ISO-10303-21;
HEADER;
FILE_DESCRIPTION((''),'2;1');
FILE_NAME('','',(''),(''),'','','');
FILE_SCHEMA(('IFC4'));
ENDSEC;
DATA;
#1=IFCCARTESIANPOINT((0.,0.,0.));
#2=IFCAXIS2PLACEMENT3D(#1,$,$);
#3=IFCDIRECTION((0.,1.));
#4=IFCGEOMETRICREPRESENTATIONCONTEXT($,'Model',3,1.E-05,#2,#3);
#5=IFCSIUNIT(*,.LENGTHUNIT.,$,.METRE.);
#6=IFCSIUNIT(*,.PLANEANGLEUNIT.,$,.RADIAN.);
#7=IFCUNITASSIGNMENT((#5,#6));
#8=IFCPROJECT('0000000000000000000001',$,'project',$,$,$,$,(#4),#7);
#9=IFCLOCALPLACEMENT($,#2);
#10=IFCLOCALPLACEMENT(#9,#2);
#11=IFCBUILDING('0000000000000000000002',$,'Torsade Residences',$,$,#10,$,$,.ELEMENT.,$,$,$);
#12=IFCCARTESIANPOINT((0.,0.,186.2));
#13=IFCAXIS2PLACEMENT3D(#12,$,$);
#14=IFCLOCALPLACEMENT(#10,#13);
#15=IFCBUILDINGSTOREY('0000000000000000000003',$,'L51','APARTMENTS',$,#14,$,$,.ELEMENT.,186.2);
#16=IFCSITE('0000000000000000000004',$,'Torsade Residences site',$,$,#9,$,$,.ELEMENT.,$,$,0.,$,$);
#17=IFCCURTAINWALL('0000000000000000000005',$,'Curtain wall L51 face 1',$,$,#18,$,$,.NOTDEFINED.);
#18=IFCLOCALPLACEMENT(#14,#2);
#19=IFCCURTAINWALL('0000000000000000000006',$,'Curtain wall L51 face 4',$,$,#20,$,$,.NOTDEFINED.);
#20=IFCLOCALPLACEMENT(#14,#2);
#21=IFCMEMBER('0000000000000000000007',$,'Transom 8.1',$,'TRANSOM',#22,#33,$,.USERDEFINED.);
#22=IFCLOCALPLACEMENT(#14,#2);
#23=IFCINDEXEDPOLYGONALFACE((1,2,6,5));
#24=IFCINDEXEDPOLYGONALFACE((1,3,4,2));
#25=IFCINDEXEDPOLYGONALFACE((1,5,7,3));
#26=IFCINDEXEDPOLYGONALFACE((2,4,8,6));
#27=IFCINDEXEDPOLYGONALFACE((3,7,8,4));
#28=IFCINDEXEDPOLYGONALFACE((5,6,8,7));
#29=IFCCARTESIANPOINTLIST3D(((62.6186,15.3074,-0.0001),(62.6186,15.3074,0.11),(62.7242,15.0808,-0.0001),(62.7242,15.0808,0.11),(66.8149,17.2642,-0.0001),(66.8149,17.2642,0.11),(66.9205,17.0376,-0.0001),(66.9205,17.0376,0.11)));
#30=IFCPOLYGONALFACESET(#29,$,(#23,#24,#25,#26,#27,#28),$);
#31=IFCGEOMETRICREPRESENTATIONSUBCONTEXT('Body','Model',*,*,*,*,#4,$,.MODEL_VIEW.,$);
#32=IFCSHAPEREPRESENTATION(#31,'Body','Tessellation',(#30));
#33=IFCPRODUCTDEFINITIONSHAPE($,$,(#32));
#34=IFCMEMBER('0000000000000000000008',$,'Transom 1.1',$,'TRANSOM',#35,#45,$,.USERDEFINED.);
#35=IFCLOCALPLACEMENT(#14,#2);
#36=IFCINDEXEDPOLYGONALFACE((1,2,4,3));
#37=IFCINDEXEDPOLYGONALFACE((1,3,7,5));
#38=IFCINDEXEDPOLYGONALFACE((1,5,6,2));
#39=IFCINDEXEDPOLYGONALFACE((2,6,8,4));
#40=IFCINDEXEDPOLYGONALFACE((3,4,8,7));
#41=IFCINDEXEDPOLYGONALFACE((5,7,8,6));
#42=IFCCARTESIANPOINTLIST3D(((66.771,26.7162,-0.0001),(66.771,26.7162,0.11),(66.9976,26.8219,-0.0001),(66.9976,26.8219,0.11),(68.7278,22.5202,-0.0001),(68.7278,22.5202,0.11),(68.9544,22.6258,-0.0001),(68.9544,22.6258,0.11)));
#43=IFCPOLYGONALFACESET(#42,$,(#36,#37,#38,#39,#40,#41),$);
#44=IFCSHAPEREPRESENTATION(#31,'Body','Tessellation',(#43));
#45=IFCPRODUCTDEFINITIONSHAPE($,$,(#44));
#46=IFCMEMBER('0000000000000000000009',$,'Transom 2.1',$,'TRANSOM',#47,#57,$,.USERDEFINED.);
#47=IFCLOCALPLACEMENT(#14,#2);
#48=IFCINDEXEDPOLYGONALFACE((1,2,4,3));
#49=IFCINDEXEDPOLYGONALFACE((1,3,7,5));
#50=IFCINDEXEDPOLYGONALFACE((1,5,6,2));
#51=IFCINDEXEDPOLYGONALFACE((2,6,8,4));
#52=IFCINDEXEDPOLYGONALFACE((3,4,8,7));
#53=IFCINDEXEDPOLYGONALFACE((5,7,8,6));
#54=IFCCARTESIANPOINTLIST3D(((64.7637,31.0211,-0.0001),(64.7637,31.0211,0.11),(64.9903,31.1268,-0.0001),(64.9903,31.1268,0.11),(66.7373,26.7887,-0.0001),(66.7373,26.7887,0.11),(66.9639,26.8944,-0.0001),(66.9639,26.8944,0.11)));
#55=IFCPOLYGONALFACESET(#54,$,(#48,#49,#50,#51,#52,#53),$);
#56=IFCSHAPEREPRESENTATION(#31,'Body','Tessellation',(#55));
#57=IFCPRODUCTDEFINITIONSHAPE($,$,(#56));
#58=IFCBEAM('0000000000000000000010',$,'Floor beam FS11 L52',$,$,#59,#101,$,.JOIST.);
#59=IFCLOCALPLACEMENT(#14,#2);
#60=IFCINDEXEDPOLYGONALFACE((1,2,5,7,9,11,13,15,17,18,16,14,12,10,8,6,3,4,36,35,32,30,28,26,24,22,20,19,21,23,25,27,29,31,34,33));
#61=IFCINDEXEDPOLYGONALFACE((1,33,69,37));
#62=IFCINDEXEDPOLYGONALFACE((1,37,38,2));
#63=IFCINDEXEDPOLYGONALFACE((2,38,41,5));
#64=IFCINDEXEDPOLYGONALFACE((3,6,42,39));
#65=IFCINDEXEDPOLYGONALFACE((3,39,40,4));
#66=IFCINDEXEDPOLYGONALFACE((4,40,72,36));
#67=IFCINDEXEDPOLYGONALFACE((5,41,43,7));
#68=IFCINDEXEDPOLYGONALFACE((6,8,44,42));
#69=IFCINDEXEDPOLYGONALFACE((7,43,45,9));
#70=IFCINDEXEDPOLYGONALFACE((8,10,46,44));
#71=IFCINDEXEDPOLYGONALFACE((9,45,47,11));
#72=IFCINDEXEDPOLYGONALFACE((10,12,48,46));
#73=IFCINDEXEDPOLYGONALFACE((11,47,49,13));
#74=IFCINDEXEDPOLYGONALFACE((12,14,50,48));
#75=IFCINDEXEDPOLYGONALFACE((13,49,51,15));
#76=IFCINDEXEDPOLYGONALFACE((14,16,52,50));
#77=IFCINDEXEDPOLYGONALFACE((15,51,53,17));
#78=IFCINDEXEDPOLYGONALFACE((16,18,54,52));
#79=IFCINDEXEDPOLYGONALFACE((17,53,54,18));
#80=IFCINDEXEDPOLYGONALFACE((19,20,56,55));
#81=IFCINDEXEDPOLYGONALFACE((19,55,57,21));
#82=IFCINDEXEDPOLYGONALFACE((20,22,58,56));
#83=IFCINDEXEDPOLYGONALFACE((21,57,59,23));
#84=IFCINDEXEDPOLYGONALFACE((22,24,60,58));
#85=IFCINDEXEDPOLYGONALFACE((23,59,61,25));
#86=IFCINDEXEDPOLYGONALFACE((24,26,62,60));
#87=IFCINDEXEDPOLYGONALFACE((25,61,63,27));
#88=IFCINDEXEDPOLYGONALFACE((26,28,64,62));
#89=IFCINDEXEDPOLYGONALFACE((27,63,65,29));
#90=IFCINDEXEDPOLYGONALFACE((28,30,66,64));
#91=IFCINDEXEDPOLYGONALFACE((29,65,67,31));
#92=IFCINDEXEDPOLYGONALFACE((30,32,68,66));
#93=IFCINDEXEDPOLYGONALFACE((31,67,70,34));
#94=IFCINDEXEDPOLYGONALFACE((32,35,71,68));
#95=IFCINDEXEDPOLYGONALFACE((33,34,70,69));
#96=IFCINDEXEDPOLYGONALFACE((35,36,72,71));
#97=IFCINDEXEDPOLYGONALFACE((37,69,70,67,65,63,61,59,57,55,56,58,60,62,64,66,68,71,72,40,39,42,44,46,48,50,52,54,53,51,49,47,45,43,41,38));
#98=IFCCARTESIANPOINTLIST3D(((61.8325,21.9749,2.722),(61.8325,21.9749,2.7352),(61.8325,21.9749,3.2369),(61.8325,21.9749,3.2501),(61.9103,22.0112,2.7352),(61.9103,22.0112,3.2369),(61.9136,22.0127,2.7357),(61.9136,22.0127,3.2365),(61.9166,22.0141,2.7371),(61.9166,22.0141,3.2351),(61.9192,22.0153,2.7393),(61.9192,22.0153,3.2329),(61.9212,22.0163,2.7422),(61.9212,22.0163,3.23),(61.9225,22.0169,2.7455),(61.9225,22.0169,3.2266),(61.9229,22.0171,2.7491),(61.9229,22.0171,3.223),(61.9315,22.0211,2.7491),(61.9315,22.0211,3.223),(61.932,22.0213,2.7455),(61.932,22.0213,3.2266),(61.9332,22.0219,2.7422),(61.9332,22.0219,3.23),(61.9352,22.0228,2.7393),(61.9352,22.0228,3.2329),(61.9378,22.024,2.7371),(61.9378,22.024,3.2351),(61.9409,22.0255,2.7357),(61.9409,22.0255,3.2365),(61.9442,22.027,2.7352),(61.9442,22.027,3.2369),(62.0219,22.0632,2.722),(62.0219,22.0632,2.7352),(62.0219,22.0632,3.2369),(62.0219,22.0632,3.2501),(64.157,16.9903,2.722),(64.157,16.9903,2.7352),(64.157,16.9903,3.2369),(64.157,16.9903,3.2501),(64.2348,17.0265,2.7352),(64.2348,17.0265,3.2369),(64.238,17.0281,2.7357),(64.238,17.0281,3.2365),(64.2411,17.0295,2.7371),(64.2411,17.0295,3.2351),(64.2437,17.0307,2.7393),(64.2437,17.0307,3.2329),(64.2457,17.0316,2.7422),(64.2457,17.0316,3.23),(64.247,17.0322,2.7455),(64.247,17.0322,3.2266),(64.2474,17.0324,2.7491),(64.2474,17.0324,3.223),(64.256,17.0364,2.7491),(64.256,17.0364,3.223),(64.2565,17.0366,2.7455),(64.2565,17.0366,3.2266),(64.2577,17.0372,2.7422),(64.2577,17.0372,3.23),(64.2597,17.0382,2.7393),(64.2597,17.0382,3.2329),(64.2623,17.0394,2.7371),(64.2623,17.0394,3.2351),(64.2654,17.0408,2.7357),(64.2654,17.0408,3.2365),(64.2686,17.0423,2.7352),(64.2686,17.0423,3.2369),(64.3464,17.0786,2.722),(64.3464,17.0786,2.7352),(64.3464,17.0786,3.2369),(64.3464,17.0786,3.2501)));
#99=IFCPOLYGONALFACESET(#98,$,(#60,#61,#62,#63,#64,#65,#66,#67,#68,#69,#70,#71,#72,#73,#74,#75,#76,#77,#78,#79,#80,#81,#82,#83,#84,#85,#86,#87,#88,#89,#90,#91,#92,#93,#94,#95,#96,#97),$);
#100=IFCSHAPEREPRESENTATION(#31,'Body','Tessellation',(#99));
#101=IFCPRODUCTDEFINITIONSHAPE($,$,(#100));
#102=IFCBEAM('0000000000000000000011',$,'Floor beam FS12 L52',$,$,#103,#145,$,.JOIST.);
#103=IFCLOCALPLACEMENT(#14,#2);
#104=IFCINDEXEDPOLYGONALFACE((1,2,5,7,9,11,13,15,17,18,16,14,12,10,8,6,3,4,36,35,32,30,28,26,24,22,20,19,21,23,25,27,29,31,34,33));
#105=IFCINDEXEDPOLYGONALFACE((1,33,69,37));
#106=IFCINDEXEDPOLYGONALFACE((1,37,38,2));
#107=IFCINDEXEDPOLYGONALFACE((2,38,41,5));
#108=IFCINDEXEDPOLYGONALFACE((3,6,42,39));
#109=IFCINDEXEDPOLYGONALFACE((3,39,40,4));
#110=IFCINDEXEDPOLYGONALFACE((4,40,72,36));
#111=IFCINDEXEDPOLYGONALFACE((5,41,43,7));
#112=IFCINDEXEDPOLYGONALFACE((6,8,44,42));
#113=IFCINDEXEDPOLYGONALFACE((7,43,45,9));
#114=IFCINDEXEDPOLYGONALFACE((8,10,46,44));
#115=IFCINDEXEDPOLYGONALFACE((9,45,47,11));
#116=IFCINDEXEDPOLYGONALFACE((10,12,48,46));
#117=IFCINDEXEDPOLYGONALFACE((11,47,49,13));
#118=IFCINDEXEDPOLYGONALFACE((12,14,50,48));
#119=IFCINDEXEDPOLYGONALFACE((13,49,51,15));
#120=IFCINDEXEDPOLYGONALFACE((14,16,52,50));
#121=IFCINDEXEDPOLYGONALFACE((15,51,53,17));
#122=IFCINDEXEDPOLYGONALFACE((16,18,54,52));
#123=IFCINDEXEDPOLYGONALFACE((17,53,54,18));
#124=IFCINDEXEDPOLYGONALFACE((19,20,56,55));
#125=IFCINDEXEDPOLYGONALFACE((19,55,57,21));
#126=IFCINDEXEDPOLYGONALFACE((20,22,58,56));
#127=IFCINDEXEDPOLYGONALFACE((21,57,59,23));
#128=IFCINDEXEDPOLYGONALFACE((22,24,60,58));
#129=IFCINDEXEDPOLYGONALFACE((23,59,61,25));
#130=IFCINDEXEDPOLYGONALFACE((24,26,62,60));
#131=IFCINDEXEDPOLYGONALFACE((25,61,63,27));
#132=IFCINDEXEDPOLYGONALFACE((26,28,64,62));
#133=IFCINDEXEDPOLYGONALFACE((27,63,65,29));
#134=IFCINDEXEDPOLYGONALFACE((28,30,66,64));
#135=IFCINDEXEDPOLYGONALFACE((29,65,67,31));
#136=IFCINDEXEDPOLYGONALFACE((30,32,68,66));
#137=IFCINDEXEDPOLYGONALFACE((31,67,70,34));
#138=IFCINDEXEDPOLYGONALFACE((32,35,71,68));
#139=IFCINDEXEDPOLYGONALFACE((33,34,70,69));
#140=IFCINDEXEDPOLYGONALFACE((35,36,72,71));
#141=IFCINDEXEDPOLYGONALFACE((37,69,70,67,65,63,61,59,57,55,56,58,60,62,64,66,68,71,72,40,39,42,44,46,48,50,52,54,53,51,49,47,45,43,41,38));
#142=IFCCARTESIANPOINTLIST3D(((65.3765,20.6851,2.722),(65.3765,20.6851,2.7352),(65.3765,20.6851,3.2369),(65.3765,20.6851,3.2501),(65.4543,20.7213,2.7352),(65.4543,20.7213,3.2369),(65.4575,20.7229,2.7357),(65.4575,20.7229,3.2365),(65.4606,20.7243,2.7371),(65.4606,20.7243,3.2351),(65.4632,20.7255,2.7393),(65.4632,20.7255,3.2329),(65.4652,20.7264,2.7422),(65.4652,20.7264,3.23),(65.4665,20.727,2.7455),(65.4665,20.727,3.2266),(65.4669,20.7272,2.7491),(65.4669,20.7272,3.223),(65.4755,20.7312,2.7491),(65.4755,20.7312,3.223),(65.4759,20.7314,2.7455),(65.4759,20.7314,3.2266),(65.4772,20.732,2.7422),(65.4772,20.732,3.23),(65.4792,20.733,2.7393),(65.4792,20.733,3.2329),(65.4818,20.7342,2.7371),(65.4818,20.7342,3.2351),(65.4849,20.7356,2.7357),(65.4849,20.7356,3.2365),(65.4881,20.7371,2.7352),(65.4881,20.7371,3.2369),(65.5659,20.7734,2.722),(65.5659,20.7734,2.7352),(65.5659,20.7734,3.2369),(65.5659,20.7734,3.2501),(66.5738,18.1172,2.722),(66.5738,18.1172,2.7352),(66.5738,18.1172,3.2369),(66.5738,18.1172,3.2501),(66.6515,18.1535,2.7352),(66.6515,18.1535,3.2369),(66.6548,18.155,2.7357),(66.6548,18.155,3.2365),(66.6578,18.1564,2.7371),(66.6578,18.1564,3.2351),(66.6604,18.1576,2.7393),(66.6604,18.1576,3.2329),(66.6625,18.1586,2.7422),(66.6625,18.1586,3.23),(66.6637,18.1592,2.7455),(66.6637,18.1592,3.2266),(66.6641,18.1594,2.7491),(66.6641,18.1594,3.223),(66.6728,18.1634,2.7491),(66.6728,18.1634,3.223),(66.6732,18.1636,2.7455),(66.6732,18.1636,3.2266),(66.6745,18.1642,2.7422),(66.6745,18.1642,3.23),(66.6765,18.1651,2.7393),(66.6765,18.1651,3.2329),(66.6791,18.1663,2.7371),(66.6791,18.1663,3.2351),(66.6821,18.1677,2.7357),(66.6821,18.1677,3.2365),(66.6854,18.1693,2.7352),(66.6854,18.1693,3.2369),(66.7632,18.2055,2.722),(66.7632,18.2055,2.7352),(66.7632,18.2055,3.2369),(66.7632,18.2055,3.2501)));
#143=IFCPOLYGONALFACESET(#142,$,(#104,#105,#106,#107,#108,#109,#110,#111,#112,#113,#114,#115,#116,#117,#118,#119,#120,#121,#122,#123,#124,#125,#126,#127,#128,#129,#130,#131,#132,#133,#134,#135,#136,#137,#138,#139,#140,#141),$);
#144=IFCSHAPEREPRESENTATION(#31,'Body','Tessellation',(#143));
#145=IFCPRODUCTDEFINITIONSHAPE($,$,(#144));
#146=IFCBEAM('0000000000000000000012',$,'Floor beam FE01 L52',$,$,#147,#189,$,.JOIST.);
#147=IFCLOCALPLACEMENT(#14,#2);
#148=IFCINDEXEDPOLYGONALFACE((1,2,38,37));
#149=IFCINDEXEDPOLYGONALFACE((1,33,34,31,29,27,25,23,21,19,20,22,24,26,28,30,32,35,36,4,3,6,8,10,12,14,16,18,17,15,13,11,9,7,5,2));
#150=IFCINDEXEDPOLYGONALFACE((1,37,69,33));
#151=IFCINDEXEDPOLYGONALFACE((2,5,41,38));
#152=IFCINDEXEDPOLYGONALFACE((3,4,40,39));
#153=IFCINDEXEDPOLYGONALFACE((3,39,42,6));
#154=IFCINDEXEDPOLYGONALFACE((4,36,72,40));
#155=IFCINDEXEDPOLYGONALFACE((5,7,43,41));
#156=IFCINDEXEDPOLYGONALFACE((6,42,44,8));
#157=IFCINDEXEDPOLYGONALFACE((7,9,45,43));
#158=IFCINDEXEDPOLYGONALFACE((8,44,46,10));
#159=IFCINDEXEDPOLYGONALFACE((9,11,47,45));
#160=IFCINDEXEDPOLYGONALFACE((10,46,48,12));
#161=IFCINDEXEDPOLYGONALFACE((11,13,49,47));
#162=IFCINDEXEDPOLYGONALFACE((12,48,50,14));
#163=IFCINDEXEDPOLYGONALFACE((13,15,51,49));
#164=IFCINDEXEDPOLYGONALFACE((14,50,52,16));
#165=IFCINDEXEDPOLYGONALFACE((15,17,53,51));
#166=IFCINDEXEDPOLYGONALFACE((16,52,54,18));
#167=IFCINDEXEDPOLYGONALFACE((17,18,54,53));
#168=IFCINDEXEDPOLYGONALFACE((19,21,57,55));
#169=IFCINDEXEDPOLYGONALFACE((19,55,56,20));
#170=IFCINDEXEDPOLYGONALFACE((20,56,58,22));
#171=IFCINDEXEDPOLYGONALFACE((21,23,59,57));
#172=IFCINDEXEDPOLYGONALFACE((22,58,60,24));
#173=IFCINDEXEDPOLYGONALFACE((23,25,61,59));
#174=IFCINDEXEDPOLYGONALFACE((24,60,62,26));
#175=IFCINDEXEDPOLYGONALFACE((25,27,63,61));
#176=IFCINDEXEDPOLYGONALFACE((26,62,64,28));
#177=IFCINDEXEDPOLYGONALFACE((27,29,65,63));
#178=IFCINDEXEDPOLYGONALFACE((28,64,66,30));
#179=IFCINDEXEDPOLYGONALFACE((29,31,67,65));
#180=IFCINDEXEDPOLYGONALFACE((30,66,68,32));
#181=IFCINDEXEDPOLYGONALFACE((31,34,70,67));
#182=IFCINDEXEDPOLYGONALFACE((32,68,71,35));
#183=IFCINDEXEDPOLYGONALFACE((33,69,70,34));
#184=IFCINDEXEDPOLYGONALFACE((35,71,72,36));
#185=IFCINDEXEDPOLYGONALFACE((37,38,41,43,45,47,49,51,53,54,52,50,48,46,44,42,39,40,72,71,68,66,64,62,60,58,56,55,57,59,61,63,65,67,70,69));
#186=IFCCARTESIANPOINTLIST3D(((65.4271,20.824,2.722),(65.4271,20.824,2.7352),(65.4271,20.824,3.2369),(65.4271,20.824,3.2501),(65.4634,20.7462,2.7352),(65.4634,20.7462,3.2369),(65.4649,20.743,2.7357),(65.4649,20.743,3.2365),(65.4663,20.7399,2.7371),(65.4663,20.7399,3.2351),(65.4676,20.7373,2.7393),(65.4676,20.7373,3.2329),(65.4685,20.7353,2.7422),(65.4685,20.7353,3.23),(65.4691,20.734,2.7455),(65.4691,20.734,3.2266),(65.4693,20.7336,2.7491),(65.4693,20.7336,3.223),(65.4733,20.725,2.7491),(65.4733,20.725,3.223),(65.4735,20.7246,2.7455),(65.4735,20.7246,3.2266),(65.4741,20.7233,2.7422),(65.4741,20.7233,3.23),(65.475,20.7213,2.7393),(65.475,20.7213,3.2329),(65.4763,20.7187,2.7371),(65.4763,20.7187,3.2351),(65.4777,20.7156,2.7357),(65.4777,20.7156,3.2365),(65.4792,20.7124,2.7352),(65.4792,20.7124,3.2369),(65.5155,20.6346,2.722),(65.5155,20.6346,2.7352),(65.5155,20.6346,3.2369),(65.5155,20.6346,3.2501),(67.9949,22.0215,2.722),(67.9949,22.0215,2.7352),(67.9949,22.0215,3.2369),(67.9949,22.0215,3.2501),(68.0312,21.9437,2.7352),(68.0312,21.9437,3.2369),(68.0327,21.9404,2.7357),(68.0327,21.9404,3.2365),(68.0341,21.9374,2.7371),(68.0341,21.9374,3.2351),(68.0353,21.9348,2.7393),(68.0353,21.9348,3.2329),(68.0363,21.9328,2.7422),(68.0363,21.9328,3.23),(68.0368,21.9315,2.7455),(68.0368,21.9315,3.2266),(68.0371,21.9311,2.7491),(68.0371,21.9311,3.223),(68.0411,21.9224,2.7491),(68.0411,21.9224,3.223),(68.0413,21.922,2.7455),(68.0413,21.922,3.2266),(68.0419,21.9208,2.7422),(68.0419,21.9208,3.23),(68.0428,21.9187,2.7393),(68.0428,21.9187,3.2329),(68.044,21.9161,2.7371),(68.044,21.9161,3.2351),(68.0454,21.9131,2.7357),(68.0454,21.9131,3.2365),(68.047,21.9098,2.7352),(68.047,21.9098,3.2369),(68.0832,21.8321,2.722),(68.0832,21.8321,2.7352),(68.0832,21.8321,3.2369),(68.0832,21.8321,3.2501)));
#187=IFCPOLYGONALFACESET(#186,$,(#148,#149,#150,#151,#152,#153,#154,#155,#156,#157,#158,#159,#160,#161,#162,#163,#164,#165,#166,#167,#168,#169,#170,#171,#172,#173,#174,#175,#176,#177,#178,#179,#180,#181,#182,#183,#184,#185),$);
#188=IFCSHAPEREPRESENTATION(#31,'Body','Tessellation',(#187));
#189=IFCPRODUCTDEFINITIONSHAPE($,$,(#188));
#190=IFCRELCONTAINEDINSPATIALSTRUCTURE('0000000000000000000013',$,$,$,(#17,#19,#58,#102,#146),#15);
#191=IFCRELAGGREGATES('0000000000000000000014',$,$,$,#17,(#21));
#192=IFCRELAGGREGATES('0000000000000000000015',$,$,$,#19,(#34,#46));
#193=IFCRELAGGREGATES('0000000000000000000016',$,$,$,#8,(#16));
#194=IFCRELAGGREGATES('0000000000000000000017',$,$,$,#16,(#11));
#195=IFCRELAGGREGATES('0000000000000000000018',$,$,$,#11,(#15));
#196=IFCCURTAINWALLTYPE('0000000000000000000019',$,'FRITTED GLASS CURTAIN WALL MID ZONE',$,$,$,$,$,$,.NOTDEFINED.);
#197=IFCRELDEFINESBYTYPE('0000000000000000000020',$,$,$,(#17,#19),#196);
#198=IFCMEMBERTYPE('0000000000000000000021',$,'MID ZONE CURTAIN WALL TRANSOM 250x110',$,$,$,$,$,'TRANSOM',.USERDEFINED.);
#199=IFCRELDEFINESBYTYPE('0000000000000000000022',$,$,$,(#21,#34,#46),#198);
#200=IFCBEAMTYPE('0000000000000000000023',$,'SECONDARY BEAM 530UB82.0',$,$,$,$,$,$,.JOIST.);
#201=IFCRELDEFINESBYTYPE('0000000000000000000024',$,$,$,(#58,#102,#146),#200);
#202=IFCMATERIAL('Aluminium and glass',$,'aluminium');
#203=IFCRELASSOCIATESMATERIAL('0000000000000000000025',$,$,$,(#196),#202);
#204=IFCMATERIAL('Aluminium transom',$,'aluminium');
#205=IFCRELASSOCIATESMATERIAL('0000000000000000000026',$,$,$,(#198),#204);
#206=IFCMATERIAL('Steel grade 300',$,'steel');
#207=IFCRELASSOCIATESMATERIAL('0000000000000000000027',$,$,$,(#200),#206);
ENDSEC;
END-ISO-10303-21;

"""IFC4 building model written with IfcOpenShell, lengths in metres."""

from ifc_helpers import new_model, si_unit, direction, frame, origin, origin_2d, place, context, subcontext, project, spatial, rectangle, i_section, extrude, material, material_profile, profile_set, type_object, element, aggregate, save


model = new_model("IFC4")

# Units and contexts
model_context = context("Model", 3, precision=1e-05, world=origin(), true_north=direction((0.0, 1.0)))
body_context = subcontext(model_context, "Body", "Model", "MODEL_VIEW")
ifc_project = project(units=[si_unit("LENGTHUNIT", "METRE"), si_unit("PLANEANGLEUNIT", "RADIAN")], contexts=[model_context])

# Site, building, storey
site_placement = place(None, origin())
site = spatial("IfcSite", under=ifc_project, at=site_placement, Name="Torsade Residences site", CompositionType="ELEMENT", RefElevation=0.0)
building_placement = place(site_placement, origin())
building = spatial("IfcBuilding", under=site, at=building_placement, Name="Torsade Residences", CompositionType="ELEMENT")
storey_placement = place(building_placement, frame((0.0, 0.0, 186.2)))
storey = spatial("IfcBuildingStorey", under=building, at=storey_placement, Name="L51", Description="APARTMENTS", CompositionType="ELEMENT", Elevation=186.2)

# Curtain walls
ifc_material_1 = material(Name="Aluminium and glass", Category="aluminium")
curtain_wall_type = type_object("IfcCurtainWallType", Name="FRITTED GLASS CURTAIN WALL MID ZONE", PredefinedType="NOTDEFINED", material=ifc_material_1)
curtain_wall_1_placement = place(storey_placement, origin())
curtain_wall_1 = element("IfcCurtainWall", 1, at=curtain_wall_1_placement, inside=storey, type_object=curtain_wall_type, Name="Curtain wall L51 face 1", PredefinedType="NOTDEFINED")
curtain_wall_2_placement = place(storey_placement, origin())
curtain_wall_2 = element("IfcCurtainWall", 2, at=curtain_wall_2_placement, inside=storey, type_object=curtain_wall_type, Name="Curtain wall L51 face 4", PredefinedType="NOTDEFINED")

# Members
ifc_material_2 = material(Name="Aluminium transom", Category="aluminium")
ifc_material_profile_1 = material_profile(ifc_material_2, rectangle(XDim=0.25, YDim=0.1101, at=origin_2d()), Name="MID ZONE CURTAIN WALL TRANSOM 250x110")
ifc_profile_set_1 = profile_set([ifc_material_profile_1], Name="Aluminium transom")
member_type_1 = type_object("IfcMemberType", Name="MID ZONE CURTAIN WALL TRANSOM 250x110", ElementType="TRANSOM", PredefinedType="USERDEFINED", material=ifc_profile_set_1)
member_1_placement = place(storey_placement, frame((62.6714, 15.1941, 0.0549), z_axis=(0.906306, 0.422623, 0.0), x_axis=(-0.422623, 0.906306, 0.0)))
member_1 = element("IfcMember", 3, at=member_1_placement, type_object=member_type_1, Name="Transom 8.1", ObjectType="TRANSOM", PredefinedType="USERDEFINED", context=body_context, shape_type="SweptSolid", body=[
    extrude(rectangle(XDim=0.25, YDim=0.1101, at=origin_2d()), origin(), (0.0, 0.0, 1.0), 4.6301),
])
member_2_placement = place(storey_placement, frame((68.8411, 22.573, 0.0549), z_axis=(-0.422643, 0.906296, 0.0), x_axis=(-0.906296, -0.422643, 0.0)))
member_2 = element("IfcMember", 4, at=member_2_placement, type_object=member_type_1, Name="Transom 1.1", ObjectType="TRANSOM", PredefinedType="USERDEFINED", context=body_context, shape_type="SweptSolid", body=[
    extrude(rectangle(XDim=0.25, YDim=0.1101, at=origin_2d()), origin(), (0.0, 0.0, 1.0), 4.6299),
])
member_3_placement = place(storey_placement, frame((66.8506, 26.8416, 0.0549), z_axis=(-0.422622, 0.906306, 0.0), x_axis=(-0.906306, -0.422622, 0.0)))
member_3 = element("IfcMember", 5, at=member_3_placement, type_object=member_type_1, Name="Transom 2.1", ObjectType="TRANSOM", PredefinedType="USERDEFINED", context=body_context, shape_type="SweptSolid", body=[
    extrude(rectangle(XDim=0.25, YDim=0.1101, at=origin_2d()), origin(), (0.0, 0.0, 1.0), 4.6699),
])

# Beams
ifc_material_3 = material(Name="Steel grade 300", Category="steel")
ifc_material_profile_2 = material_profile(ifc_material_3, i_section(OverallWidth=0.209, OverallDepth=0.5281, WebThickness=0.0095, FlangeThickness=0.0132, FilletRadius=0.0139, at=origin_2d()), Name="530UB82.0")
ifc_profile_set_2 = profile_set([ifc_material_profile_2], Name="Steel grade 300")
beam_type_1 = type_object("IfcBeamType", Name="SECONDARY BEAM 530UB82.0", PredefinedType="JOIST", material=ifc_profile_set_2)
beam_1_placement = place(storey_placement, frame((64.2517, 17.0344, 2.9861), z_axis=(-0.422633, 0.906301, 0.0), x_axis=(-0.906301, -0.422633, 0.0)))
element("IfcBeam", 6, at=beam_1_placement, inside=storey, type_object=beam_type_1, Name="Floor beam FS11 L52", PredefinedType="JOIST", context=body_context, shape_type="SweptSolid", body=[
    extrude(i_section(OverallWidth=0.209, OverallDepth=0.5281, WebThickness=0.0095, FlangeThickness=0.0132, FilletRadius=0.0139, at=origin_2d()), origin(), (0.0, 0.0, 1.0), 5.5),
])
for number, where, z_axis, x_axis, name in (
    (7, (66.6685, 18.1614, 2.9861), (-0.422574, 0.906328, 0.0), (-0.906328, -0.422574, 0.0), "Floor beam FS12 L52"),
    (8, (68.0391, 21.9268, 2.9861), (-0.906295, -0.422645, 0.0), (0.422645, -0.906295, 0.0), "Floor beam FE01 L52"),
):
    element("IfcBeam", number, at=place(storey_placement, frame(where, z_axis=z_axis, x_axis=x_axis)), inside=storey, type_object=beam_type_1, Name=name, PredefinedType="JOIST", context=body_context, shape_type="SweptSolid", body=[
        extrude(i_section(OverallWidth=0.209, OverallDepth=0.5281, WebThickness=0.0095, FlangeThickness=0.0132, FilletRadius=0.0139, at=origin_2d()), origin(), (0.0, 0.0, 1.0), 2.8333),
    ])

aggregate(curtain_wall_1, [member_1])
aggregate(curtain_wall_2, [member_2, member_3])

save(model, "model.ifc")
